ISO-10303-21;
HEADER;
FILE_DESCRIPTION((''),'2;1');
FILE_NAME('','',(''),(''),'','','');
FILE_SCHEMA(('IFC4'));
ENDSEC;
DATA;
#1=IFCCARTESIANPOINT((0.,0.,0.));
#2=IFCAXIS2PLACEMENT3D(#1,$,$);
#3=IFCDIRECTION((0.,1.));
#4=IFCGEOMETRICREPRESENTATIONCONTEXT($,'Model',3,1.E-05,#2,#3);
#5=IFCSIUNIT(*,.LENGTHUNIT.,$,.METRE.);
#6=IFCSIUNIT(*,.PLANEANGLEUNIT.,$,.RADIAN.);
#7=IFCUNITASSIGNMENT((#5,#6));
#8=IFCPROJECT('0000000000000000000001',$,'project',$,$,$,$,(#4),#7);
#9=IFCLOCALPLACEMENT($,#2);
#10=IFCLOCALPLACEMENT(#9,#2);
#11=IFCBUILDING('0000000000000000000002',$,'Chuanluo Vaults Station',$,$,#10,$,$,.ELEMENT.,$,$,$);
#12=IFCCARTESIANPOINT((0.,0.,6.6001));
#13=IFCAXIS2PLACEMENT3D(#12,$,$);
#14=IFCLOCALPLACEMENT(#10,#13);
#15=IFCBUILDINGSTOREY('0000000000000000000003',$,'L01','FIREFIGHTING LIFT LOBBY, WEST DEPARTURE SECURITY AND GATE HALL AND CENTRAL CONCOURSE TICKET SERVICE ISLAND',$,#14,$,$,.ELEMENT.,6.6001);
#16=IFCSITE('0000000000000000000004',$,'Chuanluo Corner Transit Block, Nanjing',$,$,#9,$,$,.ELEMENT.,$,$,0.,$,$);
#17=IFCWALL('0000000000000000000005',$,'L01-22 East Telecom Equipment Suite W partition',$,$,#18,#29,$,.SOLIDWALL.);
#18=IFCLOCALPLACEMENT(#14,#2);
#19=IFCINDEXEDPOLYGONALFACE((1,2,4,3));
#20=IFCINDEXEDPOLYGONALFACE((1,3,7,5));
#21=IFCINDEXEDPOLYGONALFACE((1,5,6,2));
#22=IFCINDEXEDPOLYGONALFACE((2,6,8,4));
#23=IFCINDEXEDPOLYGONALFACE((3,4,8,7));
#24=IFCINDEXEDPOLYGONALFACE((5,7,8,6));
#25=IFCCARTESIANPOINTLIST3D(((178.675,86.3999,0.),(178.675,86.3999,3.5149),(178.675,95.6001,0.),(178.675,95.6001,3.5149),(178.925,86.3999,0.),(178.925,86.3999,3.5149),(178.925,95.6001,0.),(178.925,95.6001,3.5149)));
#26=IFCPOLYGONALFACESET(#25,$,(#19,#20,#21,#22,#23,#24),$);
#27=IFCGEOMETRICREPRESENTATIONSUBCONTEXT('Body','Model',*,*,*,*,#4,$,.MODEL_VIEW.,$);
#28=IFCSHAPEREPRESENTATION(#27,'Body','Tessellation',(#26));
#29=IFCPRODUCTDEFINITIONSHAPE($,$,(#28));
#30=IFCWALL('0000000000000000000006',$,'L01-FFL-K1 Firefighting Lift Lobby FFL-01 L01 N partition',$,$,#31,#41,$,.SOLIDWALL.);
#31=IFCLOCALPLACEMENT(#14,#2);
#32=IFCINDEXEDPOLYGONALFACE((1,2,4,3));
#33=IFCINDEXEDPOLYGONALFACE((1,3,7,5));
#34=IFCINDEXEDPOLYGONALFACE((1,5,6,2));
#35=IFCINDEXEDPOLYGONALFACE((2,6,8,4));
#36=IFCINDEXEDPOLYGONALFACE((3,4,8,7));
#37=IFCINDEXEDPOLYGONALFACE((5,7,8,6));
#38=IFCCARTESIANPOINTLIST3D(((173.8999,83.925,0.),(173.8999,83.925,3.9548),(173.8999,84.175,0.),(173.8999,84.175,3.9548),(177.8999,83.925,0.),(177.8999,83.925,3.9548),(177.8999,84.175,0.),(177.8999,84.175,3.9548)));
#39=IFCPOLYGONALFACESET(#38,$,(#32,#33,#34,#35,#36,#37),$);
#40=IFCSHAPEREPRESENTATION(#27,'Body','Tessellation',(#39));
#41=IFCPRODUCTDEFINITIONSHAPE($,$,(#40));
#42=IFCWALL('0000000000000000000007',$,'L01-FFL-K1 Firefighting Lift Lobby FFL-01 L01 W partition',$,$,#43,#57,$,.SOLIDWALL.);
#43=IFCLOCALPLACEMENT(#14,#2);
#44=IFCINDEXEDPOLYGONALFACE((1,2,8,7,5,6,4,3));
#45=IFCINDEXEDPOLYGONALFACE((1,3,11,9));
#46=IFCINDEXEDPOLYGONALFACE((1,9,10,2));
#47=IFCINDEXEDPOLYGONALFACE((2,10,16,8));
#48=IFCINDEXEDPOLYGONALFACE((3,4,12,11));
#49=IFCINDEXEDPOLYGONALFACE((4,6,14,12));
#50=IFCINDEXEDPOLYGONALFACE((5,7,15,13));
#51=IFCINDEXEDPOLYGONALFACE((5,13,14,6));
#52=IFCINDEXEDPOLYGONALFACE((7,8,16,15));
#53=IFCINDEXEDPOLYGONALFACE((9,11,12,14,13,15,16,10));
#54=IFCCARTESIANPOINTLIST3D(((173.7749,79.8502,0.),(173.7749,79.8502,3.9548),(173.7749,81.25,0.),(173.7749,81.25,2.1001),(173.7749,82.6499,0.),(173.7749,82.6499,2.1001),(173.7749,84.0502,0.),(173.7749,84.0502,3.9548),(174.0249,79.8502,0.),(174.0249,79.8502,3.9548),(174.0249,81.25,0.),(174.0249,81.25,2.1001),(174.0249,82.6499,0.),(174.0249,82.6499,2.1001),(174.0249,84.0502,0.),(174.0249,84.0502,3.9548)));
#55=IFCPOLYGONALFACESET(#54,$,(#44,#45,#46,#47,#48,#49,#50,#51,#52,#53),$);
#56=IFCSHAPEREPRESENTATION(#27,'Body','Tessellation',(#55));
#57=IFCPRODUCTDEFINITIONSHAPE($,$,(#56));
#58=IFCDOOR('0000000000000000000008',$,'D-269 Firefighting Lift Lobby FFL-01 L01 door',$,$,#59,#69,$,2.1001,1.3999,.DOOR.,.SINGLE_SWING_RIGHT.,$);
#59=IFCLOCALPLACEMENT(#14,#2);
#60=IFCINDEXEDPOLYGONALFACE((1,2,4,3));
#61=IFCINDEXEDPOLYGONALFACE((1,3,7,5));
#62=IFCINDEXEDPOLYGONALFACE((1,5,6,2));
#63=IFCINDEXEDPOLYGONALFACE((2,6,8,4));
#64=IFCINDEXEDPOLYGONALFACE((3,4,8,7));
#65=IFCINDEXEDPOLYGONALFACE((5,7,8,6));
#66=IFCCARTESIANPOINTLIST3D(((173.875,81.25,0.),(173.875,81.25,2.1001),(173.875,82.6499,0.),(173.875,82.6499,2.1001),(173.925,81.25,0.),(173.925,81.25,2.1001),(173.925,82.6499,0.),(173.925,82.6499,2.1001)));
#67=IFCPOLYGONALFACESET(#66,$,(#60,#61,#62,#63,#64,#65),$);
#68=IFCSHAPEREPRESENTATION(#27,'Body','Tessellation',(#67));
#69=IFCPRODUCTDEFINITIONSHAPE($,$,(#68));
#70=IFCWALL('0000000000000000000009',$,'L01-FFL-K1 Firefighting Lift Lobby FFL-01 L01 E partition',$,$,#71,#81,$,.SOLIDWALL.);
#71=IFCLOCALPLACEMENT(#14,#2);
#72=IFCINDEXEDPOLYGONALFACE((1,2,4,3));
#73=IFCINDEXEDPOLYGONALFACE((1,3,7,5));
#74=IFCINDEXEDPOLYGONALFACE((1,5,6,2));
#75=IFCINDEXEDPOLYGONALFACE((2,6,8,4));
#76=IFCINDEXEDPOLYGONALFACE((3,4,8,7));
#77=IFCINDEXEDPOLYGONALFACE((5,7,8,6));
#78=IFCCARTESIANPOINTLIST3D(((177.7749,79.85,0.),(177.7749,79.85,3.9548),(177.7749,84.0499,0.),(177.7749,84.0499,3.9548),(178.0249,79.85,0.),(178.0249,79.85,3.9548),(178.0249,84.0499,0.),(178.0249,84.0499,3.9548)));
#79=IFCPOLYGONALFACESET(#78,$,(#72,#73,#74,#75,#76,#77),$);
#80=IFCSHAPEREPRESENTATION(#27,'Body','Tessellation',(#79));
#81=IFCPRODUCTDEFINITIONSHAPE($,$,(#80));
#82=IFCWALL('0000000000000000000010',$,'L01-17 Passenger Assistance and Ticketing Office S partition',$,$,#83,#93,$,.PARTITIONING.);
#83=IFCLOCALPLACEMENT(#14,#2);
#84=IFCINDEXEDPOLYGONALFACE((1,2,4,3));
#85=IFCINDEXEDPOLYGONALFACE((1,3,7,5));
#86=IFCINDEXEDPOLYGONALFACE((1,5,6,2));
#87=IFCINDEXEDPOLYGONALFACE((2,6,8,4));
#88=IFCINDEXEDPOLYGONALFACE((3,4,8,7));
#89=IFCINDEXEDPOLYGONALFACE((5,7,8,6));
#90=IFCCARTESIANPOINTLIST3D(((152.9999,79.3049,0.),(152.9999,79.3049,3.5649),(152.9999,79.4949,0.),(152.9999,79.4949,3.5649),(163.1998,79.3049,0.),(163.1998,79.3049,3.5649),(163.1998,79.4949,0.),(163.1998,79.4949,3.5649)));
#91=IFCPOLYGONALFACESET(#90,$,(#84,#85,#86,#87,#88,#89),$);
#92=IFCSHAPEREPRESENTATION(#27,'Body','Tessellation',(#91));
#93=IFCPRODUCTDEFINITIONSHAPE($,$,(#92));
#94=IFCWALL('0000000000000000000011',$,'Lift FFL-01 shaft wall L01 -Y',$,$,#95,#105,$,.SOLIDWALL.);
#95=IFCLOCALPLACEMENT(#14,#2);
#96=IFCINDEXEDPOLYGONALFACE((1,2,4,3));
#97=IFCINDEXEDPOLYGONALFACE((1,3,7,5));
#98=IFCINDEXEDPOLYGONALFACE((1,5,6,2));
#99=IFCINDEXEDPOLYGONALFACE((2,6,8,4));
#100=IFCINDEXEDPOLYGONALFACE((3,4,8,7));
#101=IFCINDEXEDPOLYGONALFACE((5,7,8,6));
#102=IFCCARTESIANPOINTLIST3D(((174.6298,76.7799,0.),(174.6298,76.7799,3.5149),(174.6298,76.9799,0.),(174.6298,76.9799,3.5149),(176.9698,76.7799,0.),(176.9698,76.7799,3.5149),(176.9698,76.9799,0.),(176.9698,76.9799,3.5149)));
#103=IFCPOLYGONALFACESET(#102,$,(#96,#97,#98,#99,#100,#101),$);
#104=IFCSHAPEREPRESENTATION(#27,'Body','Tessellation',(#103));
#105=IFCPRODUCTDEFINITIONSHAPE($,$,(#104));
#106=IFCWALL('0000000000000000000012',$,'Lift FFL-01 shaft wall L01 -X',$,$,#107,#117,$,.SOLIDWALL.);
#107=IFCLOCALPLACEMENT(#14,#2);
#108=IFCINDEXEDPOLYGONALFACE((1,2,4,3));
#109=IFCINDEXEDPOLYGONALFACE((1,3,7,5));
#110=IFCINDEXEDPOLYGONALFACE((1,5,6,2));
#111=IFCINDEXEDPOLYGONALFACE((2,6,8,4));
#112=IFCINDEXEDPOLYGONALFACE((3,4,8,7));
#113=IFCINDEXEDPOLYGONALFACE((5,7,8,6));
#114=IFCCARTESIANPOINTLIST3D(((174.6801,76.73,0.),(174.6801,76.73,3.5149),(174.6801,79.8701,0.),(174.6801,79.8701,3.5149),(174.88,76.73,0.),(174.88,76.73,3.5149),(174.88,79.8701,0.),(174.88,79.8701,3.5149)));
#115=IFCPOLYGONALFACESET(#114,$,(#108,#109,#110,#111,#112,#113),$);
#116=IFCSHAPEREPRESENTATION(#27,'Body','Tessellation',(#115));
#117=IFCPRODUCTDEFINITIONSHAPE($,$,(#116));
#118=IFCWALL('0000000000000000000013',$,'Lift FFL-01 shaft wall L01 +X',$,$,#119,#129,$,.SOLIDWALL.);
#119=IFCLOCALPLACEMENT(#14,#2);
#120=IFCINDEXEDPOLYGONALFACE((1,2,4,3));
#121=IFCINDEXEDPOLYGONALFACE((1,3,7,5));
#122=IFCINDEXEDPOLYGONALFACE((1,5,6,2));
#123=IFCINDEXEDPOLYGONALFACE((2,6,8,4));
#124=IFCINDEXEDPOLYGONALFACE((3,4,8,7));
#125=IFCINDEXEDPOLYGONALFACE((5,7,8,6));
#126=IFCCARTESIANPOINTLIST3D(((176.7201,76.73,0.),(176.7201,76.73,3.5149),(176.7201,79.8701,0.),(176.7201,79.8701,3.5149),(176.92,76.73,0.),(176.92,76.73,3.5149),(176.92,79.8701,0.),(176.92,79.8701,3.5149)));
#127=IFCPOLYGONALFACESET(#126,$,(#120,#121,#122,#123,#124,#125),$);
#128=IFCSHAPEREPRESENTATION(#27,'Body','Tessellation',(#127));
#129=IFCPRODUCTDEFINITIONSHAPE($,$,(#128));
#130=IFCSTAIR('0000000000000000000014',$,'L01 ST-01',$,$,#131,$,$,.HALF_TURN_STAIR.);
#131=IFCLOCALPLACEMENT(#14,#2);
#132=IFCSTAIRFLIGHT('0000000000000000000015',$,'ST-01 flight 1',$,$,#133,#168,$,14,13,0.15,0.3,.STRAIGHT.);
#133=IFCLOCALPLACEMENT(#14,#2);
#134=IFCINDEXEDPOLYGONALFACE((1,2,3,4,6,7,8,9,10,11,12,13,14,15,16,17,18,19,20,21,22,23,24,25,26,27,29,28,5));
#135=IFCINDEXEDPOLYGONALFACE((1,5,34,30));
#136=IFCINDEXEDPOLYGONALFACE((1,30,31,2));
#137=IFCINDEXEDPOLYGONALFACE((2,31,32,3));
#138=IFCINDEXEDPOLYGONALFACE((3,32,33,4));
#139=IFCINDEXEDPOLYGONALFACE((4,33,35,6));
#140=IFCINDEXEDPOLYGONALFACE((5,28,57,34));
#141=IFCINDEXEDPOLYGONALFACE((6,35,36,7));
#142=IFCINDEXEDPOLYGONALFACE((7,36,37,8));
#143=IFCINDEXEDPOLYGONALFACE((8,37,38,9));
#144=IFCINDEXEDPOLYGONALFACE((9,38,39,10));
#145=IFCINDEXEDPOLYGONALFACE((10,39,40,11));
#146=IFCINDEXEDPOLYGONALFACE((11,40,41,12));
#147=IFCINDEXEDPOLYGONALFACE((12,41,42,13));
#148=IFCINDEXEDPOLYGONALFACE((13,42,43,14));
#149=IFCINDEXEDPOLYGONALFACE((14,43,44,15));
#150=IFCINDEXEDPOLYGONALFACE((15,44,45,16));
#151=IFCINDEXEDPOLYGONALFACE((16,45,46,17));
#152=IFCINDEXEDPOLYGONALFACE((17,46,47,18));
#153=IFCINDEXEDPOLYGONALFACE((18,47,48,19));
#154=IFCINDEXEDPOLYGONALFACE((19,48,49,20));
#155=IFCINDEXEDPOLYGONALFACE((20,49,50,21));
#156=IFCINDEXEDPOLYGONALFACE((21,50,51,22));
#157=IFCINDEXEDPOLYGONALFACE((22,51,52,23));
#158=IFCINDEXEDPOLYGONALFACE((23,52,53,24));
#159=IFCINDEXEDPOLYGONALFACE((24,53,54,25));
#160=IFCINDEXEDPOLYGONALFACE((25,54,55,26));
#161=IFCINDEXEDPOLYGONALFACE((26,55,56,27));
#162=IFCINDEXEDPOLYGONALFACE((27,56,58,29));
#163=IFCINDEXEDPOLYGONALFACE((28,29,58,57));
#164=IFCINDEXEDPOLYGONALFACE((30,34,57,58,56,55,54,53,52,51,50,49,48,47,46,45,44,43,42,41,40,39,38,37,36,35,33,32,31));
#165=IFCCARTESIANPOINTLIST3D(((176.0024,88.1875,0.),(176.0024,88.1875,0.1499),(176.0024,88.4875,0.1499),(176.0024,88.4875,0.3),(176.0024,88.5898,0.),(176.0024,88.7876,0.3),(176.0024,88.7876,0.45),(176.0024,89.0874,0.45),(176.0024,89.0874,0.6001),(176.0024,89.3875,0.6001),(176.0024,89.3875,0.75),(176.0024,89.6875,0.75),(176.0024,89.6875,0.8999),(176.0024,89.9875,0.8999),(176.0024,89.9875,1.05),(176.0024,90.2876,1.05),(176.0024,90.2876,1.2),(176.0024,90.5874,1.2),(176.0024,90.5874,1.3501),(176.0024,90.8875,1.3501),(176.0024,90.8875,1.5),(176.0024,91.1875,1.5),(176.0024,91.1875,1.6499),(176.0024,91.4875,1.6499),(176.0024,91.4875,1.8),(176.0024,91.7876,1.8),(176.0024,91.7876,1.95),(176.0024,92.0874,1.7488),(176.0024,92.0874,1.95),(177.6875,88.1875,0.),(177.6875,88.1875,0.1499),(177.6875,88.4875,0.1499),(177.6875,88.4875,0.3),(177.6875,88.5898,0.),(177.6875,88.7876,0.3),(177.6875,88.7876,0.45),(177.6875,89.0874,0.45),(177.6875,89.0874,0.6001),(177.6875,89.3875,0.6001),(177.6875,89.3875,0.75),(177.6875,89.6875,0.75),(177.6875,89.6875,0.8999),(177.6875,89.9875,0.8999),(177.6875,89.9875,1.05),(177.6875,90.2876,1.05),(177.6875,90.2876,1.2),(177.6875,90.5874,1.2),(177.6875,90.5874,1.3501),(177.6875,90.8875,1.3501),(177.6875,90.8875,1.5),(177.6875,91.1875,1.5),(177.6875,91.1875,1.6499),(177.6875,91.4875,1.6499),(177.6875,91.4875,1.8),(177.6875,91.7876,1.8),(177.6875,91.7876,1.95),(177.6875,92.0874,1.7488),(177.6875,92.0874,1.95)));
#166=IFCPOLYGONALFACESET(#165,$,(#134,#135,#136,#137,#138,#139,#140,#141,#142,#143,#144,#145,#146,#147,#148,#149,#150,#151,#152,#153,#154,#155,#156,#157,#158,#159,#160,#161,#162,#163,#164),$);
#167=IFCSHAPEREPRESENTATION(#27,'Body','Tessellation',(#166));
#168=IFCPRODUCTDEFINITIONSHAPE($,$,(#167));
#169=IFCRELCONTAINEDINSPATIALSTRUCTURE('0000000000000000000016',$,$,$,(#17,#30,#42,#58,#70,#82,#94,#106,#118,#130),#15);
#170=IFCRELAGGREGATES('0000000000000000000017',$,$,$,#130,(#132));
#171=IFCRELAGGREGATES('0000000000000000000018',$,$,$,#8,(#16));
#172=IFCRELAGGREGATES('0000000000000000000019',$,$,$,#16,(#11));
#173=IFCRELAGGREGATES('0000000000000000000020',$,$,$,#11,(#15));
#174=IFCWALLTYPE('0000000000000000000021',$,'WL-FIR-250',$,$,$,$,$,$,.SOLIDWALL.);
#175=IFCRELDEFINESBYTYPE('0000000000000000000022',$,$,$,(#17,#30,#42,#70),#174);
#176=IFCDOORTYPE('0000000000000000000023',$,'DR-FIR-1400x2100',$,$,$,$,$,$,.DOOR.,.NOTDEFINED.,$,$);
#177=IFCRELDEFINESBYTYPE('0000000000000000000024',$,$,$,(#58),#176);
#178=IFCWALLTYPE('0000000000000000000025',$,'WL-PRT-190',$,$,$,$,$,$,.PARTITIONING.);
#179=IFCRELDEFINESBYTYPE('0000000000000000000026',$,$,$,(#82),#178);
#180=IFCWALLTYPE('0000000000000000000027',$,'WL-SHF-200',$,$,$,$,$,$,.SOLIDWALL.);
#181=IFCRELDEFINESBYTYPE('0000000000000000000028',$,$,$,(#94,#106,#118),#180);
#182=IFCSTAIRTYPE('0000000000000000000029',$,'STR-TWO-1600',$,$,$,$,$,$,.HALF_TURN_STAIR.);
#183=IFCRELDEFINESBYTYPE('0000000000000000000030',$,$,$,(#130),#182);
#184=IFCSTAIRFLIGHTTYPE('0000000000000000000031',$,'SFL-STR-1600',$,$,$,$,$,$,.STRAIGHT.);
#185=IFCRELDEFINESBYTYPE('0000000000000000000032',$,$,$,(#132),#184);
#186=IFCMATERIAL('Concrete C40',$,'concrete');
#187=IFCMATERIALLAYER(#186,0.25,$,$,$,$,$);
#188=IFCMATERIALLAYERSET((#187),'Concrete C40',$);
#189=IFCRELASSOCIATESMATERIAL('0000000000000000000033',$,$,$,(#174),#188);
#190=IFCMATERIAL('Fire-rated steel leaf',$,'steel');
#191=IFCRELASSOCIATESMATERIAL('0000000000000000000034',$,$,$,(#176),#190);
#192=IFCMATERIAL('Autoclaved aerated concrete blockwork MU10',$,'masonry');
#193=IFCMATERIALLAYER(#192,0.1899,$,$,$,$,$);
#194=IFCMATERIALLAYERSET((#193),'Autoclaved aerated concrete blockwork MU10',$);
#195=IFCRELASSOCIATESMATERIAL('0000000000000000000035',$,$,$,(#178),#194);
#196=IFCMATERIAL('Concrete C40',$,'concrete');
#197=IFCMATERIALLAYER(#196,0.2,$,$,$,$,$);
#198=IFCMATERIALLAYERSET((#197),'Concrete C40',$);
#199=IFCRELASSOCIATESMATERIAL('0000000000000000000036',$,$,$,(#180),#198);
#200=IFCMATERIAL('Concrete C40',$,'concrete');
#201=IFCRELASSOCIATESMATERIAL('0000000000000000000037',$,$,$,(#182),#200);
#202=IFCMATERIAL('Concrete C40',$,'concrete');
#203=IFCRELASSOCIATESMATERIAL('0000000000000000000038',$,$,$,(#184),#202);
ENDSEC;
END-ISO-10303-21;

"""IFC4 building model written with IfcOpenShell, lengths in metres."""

from ifc_helpers import new_model, si_unit, direction, frame, frame_2d, origin, place, context, subcontext, project, spatial, polyline, rectangle, outline, extrude, material, layer, layer_set, type_object, element, fill, aggregate, save


model = new_model("IFC4")

# Units and contexts
model_context = context("Model", 3, precision=1e-05, world=origin(), true_north=direction((0.0, 1.0)))
body_context = subcontext(model_context, "Body", "Model", "MODEL_VIEW")
ifc_project = project(units=[si_unit("LENGTHUNIT", "METRE"), si_unit("PLANEANGLEUNIT", "RADIAN")], contexts=[model_context])

# Site, building, storey
site_placement = place(None, origin())
site = spatial("IfcSite", under=ifc_project, at=site_placement, Name="Chuanluo Corner Transit Block, Nanjing", CompositionType="ELEMENT", RefElevation=0.0)
building_placement = place(site_placement, origin())
building = spatial("IfcBuilding", under=site, at=building_placement, Name="Chuanluo Vaults Station", CompositionType="ELEMENT")
storey_placement = place(building_placement, frame((0.0, 0.0, 6.6001)))
storey = spatial("IfcBuildingStorey", under=building, at=storey_placement, Name="L01", Description="FIREFIGHTING LIFT LOBBY, WEST DEPARTURE SECURITY AND GATE HALL AND CENTRAL CONCOURSE TICKET SERVICE ISLAND", CompositionType="ELEMENT", Elevation=6.6001)

# Walls
ifc_material_1 = material(Name="Concrete C40", Category="concrete")
ifc_layer_1 = layer(ifc_material_1, 0.25)
ifc_layer_set_1 = layer_set([ifc_layer_1], Name="Concrete C40")
wall_type_1 = type_object("IfcWallType", Name="WL-FIR-250", PredefinedType="SOLIDWALL", material=ifc_layer_set_1)
wall_1_placement = place(storey_placement, frame((178.8, 86.3999, 0.0), z_axis=(0.0, 0.0, 1.0), x_axis=(0.0, 1.0, 0.0)))
element("IfcWall", 1, at=wall_1_placement, inside=storey, type_object=wall_type_1, Name="L01-22 East Telecom Equipment Suite W partition", PredefinedType="SOLIDWALL", context=body_context, shape_type="SweptSolid", body=[
    extrude(rectangle(XDim=9.2002, YDim=0.25, at=frame_2d((4.6001, 0.0))), origin(), (0.0, 0.0, 1.0), 3.5149),
])
wall_2_placement = place(storey_placement, frame((173.8999, 84.05, 0.0), z_axis=(0.0, 0.0, 1.0), x_axis=(1.0, 0.0, 0.0)))
element("IfcWall", 2, at=wall_2_placement, inside=storey, type_object=wall_type_1, Name="L01-FFL-K1 Firefighting Lift Lobby FFL-01 L01 N partition", PredefinedType="SOLIDWALL", context=body_context, shape_type="SweptSolid", body=[
    extrude(rectangle(XDim=4.0, YDim=0.25, at=frame_2d((2.0, 0.0))), origin(), (0.0, 0.0, 1.0), 3.9548),
])

# Wall, opening, door
wall_3_placement = place(storey_placement, frame((173.8999, 79.8501, 0.0), z_axis=(0.0, 0.0, 1.0), x_axis=(0.0, 1.0, 0.0)))
wall_3 = element("IfcWall", 3, at=wall_3_placement, inside=storey, type_object=wall_type_1, Name="L01-FFL-K1 Firefighting Lift Lobby FFL-01 L01 W partition", PredefinedType="SOLIDWALL", context=body_context, shape_type="SweptSolid", body=[
    extrude(rectangle(XDim=4.2, YDim=0.25, at=frame_2d((2.1001, 0.0))), origin(), (0.0, 0.0, 1.0), 3.9548),
])
opening_1_placement = place(wall_3_placement, frame((1.3999, 0.0, 0.0)))
opening_1 = element("IfcOpeningElement", 4, at=opening_1_placement, cuts=wall_3, PredefinedType="OPENING", context=body_context, shape_type="SweptSolid", body=[
    extrude(rectangle(XDim=1.3999, YDim=2.1001, at=frame_2d((0.7, 1.05))), frame((0.0, 0.135, 0.0), z_axis=(0.0, -1.0, 0.0), x_axis=(1.0, 0.0, 0.0)), (0.0, 0.0, 1.0), 0.27),
])
ifc_material_2 = material(Name="Fire-rated steel leaf", Category="steel")
door_type_1 = type_object("IfcDoorType", Name="DR-FIR-1400x2100", OperationType="NOTDEFINED", PredefinedType="DOOR", material=ifc_material_2)
door_1_placement = place(opening_1_placement, origin())
door_1 = element("IfcDoor", 5, at=door_1_placement, inside=storey, type_object=door_type_1, Name="D-269 Firefighting Lift Lobby FFL-01 L01 door", OperationType="SINGLE_SWING_RIGHT", OverallHeight=2.1001, OverallWidth=1.3999, PredefinedType="DOOR", context=body_context, shape_type="SweptSolid", body=[
    extrude(rectangle(XDim=1.3999, YDim=2.1001, at=frame_2d((0.7, 1.05))), frame((0.0, 0.0249, 0.0), z_axis=(0.0, -1.0, 0.0), x_axis=(1.0, 0.0, 0.0)), (0.0, 0.0, 1.0), 0.05),
])
fill(opening_1, door_1)

# Walls
wall_4_placement = place(storey_placement, frame((177.8999, 84.05, 0.0), z_axis=(0.0, 0.0, 1.0), x_axis=(0.0, -1.0, 0.0)))
element("IfcWall", 6, at=wall_4_placement, inside=storey, type_object=wall_type_1, Name="L01-FFL-K1 Firefighting Lift Lobby FFL-01 L01 E partition", PredefinedType="SOLIDWALL", context=body_context, shape_type="SweptSolid", body=[
    extrude(rectangle(XDim=4.2, YDim=0.25, at=frame_2d((2.1001, 0.0))), origin(), (0.0, 0.0, 1.0), 3.9548),
])
ifc_material_3 = material(Name="Autoclaved aerated concrete blockwork MU10", Category="masonry")
ifc_layer_2 = layer(ifc_material_3, 0.1899)
ifc_layer_set_2 = layer_set([ifc_layer_2], Name="Autoclaved aerated concrete blockwork MU10")
wall_type_2 = type_object("IfcWallType", Name="WL-PRT-190", PredefinedType="PARTITIONING", material=ifc_layer_set_2)
wall_5_placement = place(storey_placement, frame((163.2, 79.3999, 0.0), z_axis=(0.0, 0.0, 1.0), x_axis=(-1.0, 0.0, 0.0)))
element("IfcWall", 7, at=wall_5_placement, inside=storey, type_object=wall_type_2, Name="L01-17 Passenger Assistance and Ticketing Office S partition", PredefinedType="PARTITIONING", context=body_context, shape_type="SweptSolid", body=[
    extrude(rectangle(XDim=10.2, YDim=0.1899, at=frame_2d((5.1001, 0.0))), origin(), (0.0, 0.0, 1.0), 3.5649),
])
ifc_material_4 = material(Name="Concrete C40", Category="concrete")
ifc_layer_3 = layer(ifc_material_4, 0.2)
ifc_layer_set_3 = layer_set([ifc_layer_3], Name="Concrete C40")
wall_type_3 = type_object("IfcWallType", Name="WL-SHF-200", PredefinedType="SOLIDWALL", material=ifc_layer_set_3)
wall_6_placement = place(storey_placement, frame((174.6299, 76.8799, 0.0), z_axis=(0.0, 0.0, 1.0), x_axis=(1.0, 0.0, 0.0)))
element("IfcWall", 8, at=wall_6_placement, inside=storey, type_object=wall_type_3, Name="Lift FFL-01 shaft wall L01 -Y", PredefinedType="SOLIDWALL", context=body_context, shape_type="SweptSolid", body=[
    extrude(rectangle(XDim=2.3401, YDim=0.2, at=frame_2d((1.1699, 0.0))), origin(), (0.0, 0.0, 1.0), 3.5149),
])

# Walls
for number, where, z_axis, x_axis, name in (
    (9, (174.78, 79.8701, 0.0), (0.0, 0.0, 1.0), (0.0, -1.0, 0.0), "Lift FFL-01 shaft wall L01 -X"),
    (10, (176.8201, 76.73, 0.0), (0.0, 0.0, 1.0), (0.0, 1.0, 0.0), "Lift FFL-01 shaft wall L01 +X"),
):
    element("IfcWall", number, at=place(storey_placement, frame(where, z_axis=z_axis, x_axis=x_axis)), inside=storey, type_object=wall_type_3, Name=name, PredefinedType="SOLIDWALL", context=body_context, shape_type="SweptSolid", body=[
        extrude(rectangle(XDim=3.1401, YDim=0.2, at=frame_2d((1.5701, 0.0))), origin(), (0.0, 0.0, 1.0), 3.5149),
    ])

# Stair, stair flight
ifc_material_5 = material(Name="Concrete C40", Category="concrete")
stair_type = type_object("IfcStairType", Name="STR-TWO-1600", PredefinedType="HALF_TURN_STAIR", material=ifc_material_5)
stair_placement = place(storey_placement, origin())
stair = element("IfcStair", 11, at=stair_placement, inside=storey, type_object=stair_type, Name="L01 ST-01", PredefinedType="HALF_TURN_STAIR")
ifc_material_6 = material(Name="Concrete C40", Category="concrete")
stair_flight_type = type_object("IfcStairFlightType", Name="SFL-STR-1600", PredefinedType="STRAIGHT", material=ifc_material_6)
stair_flight_1_placement = place(storey_placement, frame((176.845, 88.1875, 0.0), z_axis=(0.0, 0.0, 1.0), x_axis=(0.0, 1.0, 0.0)))
stair_flight_1 = element("IfcStairFlight", 12, at=stair_flight_1_placement, type_object=stair_flight_type, Name="ST-01 flight 1", NumberOfRisers=14, NumberOfTreads=13, PredefinedType="STRAIGHT", RiserHeight=0.15, TreadLength=0.3, context=body_context, shape_type="SweptSolid", body=[
    extrude(outline(polyline([(0.0, 0.0), (0.0, 0.1499), (0.3, 0.1499), (0.3, 0.3), (0.6001, 0.3), (0.6001, 0.45), (0.8999, 0.45), (0.8999, 0.6001), (1.2, 0.6001), (1.2, 0.75), (1.5, 0.75), (1.5, 0.8999), (1.8, 0.8999), (1.8, 1.05), (2.1001, 1.05), (2.1001, 1.2), (2.3999, 1.2), (2.3999, 1.3501), (2.7, 1.3501), (2.7, 1.5), (3.0, 1.5), (3.0, 1.6499), (3.3, 1.6499), (3.3, 1.8), (3.6001, 1.8), (3.6001, 1.95), (3.8999, 1.95), (3.8999, 2.1001), (3.8999, 1.7488), (0.4023, 0.0), (0.0, 0.0)])), frame((0.0, 0.8425, 0.0), z_axis=(0.0, -1.0, 0.0), x_axis=(1.0, 0.0, 0.0)), (0.0, 0.0, 1.0), 1.6851),
])
aggregate(stair, [stair_flight_1])

save(model, "model.ifc")
